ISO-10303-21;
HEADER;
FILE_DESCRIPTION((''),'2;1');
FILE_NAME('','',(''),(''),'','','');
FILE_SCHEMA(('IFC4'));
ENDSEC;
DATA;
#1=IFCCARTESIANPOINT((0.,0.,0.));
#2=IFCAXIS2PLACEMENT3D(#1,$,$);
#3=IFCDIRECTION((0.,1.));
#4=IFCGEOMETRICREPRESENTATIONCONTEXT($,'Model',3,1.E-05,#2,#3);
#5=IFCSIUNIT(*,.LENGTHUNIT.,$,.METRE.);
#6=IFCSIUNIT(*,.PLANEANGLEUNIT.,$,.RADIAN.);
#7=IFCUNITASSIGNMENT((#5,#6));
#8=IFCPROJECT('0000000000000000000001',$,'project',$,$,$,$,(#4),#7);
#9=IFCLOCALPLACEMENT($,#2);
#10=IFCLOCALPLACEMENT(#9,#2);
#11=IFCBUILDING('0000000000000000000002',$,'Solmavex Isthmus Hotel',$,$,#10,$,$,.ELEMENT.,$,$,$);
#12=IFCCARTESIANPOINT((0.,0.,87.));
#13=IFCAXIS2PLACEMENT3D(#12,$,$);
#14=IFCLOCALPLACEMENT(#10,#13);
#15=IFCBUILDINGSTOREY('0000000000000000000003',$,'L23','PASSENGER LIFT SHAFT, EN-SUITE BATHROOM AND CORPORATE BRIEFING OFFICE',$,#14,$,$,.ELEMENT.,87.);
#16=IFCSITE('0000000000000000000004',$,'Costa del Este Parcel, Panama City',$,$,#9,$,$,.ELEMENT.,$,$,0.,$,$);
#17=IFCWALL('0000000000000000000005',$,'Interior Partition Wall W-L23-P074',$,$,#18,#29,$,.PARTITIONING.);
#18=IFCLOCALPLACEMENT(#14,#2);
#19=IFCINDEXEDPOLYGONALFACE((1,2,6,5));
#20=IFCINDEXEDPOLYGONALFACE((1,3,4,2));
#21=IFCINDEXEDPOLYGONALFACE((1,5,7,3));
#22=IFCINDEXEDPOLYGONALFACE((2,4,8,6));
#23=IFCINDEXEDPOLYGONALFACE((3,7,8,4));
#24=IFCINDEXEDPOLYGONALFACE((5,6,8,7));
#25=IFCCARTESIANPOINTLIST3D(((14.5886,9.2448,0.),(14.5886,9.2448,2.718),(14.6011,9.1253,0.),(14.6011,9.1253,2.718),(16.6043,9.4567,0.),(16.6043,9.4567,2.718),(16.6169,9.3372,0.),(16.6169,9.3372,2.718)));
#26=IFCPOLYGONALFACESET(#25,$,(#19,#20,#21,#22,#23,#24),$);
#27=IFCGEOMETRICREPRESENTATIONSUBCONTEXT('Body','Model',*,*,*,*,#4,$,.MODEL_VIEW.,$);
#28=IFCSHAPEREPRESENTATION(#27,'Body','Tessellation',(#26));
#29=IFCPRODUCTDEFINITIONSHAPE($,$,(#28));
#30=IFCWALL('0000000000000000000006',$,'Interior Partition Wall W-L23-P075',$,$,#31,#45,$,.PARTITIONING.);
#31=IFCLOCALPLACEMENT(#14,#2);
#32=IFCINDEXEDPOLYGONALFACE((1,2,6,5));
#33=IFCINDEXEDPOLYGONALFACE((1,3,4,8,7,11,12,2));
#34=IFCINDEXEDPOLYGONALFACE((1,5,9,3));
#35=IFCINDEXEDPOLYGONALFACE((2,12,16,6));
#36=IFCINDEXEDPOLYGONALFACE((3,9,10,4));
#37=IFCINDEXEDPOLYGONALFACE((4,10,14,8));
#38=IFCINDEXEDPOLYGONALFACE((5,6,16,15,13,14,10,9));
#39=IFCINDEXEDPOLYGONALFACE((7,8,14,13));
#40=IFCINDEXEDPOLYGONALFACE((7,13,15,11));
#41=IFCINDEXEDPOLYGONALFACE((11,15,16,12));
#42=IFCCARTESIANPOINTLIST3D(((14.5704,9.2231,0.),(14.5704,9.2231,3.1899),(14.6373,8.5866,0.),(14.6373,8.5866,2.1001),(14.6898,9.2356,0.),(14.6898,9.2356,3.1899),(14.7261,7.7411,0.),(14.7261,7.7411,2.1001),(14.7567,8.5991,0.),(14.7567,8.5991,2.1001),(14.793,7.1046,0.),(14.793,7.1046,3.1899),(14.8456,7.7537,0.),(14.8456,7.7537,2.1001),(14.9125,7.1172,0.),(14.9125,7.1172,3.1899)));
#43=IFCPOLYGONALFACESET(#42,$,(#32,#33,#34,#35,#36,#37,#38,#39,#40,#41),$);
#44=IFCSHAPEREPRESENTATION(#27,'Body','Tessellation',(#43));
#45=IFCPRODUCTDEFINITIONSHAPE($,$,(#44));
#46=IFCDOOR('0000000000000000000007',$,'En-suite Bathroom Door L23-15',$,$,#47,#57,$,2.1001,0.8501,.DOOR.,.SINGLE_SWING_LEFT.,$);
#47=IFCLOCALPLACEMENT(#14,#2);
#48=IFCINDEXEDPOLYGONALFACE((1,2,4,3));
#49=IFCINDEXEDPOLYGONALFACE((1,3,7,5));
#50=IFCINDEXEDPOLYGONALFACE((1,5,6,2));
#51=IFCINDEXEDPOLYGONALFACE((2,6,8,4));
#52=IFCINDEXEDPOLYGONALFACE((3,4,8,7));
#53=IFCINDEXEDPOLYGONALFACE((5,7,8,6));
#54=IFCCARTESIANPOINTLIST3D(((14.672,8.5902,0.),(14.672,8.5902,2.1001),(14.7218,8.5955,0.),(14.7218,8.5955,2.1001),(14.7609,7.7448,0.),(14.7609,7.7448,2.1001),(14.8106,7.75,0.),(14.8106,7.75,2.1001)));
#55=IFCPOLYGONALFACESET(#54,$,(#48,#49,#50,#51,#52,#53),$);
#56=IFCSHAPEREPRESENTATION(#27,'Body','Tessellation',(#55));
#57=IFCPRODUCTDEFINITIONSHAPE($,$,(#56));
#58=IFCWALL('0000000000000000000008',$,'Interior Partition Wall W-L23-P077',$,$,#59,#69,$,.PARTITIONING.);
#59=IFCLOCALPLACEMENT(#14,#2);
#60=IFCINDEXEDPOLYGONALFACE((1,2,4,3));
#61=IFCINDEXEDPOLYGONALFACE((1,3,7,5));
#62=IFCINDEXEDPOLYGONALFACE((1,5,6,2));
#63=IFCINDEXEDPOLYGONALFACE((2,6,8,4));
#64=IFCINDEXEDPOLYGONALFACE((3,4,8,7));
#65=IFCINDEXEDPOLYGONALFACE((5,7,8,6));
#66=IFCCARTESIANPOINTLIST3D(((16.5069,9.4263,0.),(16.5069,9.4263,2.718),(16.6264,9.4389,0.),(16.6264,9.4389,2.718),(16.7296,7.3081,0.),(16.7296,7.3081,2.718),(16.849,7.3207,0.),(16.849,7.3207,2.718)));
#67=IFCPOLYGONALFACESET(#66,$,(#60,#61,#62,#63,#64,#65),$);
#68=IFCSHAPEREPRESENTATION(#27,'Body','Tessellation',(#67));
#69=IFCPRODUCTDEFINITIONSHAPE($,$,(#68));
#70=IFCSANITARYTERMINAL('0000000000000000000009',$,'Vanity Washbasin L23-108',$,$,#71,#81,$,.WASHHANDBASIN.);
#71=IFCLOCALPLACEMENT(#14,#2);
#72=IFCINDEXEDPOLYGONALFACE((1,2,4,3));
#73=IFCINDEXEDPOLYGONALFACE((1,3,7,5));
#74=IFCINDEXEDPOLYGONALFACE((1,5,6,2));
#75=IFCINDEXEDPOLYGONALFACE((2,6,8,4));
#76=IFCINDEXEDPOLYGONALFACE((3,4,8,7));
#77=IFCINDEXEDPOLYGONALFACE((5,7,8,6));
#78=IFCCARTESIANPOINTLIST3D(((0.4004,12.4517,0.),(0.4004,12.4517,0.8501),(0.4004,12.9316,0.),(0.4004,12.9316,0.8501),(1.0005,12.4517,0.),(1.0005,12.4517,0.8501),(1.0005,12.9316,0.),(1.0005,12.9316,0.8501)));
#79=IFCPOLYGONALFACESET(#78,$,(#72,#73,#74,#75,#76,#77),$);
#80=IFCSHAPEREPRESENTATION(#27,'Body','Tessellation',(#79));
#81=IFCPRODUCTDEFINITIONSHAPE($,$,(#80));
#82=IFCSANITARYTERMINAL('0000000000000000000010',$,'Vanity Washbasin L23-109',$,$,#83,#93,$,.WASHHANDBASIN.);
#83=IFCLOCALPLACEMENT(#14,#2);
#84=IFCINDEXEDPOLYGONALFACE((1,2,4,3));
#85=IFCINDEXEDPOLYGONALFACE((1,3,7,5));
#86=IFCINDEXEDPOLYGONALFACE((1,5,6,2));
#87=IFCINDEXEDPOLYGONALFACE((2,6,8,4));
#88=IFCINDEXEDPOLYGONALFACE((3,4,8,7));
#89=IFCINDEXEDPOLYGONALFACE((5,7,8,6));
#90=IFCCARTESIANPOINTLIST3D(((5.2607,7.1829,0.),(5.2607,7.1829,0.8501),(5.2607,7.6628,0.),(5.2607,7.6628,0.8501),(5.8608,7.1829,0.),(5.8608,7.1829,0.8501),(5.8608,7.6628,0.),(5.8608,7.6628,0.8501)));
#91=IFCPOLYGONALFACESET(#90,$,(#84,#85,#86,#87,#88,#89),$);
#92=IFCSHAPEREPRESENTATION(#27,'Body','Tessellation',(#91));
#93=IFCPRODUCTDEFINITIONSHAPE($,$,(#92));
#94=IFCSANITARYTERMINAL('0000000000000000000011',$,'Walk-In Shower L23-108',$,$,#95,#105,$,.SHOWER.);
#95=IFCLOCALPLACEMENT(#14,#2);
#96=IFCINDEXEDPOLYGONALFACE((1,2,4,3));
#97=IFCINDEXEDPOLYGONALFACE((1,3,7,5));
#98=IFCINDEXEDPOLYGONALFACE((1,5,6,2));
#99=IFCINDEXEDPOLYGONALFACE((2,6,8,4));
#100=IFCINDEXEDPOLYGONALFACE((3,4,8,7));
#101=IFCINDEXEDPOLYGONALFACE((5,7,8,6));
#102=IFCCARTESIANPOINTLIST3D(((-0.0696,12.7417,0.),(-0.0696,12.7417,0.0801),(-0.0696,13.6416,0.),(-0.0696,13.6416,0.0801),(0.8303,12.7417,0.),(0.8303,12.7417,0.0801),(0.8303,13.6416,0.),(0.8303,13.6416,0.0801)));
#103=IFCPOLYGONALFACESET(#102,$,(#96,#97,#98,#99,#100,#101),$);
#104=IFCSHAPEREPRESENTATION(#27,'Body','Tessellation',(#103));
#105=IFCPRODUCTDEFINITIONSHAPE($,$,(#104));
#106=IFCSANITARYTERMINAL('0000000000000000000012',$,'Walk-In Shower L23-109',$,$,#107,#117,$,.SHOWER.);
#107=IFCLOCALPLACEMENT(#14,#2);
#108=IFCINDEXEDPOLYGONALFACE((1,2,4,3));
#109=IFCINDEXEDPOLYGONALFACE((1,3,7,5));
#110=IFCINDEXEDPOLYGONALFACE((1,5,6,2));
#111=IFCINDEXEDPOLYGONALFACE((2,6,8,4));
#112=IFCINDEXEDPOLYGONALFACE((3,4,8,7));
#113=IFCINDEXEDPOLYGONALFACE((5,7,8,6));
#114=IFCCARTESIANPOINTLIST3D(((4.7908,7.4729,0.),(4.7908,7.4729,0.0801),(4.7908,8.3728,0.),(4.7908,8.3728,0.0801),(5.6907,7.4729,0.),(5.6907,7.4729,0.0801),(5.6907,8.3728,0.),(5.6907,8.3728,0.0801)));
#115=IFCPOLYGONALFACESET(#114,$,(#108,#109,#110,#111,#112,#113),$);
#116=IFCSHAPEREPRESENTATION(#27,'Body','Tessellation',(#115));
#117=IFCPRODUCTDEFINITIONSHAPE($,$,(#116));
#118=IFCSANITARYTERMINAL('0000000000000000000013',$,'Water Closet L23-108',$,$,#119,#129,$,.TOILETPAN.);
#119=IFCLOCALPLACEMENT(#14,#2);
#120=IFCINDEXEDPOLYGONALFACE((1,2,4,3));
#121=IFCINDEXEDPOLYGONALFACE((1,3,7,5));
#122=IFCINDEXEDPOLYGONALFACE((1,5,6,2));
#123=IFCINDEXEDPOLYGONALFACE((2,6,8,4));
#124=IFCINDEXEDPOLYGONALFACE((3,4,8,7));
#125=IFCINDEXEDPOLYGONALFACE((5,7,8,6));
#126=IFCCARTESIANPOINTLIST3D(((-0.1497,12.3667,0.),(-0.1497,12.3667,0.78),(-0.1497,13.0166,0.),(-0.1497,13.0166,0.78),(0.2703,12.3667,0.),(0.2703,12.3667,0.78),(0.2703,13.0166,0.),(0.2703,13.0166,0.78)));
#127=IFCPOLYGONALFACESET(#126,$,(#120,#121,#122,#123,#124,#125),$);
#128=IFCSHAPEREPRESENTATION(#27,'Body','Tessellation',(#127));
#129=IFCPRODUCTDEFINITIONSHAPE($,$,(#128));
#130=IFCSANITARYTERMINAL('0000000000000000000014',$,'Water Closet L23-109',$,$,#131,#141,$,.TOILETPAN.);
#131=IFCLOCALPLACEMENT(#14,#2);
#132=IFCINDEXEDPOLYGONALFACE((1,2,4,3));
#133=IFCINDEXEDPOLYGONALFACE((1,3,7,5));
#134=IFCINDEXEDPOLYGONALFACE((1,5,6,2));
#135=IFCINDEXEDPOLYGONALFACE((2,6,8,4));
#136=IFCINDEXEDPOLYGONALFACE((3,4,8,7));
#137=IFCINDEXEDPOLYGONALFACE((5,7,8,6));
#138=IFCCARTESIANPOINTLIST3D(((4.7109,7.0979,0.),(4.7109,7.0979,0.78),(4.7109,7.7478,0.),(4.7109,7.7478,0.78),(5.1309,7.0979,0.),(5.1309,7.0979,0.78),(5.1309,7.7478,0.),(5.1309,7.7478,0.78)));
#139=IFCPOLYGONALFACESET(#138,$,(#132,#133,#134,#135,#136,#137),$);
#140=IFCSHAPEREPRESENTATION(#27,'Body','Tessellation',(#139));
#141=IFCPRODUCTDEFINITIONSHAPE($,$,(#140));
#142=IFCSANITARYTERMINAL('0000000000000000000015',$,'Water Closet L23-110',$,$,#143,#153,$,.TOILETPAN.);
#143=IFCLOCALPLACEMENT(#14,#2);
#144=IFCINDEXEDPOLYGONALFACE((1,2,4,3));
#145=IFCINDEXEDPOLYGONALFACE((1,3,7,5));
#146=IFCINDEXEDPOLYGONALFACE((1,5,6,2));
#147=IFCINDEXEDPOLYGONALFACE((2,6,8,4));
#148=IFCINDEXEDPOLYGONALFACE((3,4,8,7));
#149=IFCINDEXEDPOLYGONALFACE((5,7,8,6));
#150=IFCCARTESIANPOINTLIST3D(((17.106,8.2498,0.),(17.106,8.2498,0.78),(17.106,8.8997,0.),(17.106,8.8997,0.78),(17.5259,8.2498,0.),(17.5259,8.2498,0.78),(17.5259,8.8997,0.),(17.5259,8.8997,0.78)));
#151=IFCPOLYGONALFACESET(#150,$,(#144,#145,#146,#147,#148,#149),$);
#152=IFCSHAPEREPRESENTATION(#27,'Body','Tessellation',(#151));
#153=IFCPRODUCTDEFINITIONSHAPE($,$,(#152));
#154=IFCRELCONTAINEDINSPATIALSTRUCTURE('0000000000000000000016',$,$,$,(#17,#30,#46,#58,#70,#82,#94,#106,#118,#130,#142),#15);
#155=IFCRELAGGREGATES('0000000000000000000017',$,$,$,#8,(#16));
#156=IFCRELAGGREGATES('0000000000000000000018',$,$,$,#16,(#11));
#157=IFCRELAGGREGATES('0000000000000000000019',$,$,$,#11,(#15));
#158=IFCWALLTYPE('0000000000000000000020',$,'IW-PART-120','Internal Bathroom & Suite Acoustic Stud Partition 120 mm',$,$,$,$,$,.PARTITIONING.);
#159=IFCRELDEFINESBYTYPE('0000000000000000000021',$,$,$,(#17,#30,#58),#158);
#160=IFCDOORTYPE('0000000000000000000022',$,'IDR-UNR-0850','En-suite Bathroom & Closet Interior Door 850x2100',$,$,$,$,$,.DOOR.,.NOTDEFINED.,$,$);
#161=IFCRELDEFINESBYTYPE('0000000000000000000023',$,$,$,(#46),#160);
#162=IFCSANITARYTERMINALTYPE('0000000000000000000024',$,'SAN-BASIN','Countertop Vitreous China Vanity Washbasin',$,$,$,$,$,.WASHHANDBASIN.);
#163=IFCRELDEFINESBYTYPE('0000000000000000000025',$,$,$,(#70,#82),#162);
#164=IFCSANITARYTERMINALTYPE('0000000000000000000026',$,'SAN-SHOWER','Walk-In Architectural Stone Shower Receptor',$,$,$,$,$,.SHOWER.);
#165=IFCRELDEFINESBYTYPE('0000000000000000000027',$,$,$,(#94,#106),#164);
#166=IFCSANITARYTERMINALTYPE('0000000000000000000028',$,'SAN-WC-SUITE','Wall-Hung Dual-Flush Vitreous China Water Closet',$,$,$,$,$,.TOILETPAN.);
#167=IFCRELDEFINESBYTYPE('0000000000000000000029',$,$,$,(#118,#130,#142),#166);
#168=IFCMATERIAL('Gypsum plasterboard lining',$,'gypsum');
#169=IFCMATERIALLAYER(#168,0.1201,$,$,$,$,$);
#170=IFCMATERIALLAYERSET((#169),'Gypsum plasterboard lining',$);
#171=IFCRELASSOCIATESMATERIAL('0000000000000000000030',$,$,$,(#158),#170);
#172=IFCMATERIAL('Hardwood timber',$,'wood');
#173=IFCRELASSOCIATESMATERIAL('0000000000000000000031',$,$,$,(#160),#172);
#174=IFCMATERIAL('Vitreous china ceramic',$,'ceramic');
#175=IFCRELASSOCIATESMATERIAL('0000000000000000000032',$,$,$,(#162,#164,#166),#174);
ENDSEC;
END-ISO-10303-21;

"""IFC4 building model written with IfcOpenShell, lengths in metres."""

from ifc_helpers import new_model, si_unit, direction, frame, frame_2d, origin, origin_2d, place, context, subcontext, project, spatial, rectangle, extrude, material, layer, layer_set, type_object, element, fill, save


model = new_model("IFC4")

# Units and contexts
model_context = context("Model", 3, precision=1e-05, world=origin(), true_north=direction((0.0, 1.0)))
body_context = subcontext(model_context, "Body", "Model", "MODEL_VIEW")
ifc_project = project(units=[si_unit("LENGTHUNIT", "METRE"), si_unit("PLANEANGLEUNIT", "RADIAN")], contexts=[model_context])

# Site, building, storey
site_placement = place(None, origin())
site = spatial("IfcSite", under=ifc_project, at=site_placement, Name="Costa del Este Parcel, Panama City", CompositionType="ELEMENT", RefElevation=0.0)
building_placement = place(site_placement, origin())
building = spatial("IfcBuilding", under=site, at=building_placement, Name="Solmavex Isthmus Hotel", CompositionType="ELEMENT")
storey_placement = place(building_placement, frame((0.0, 0.0, 87.0)))
storey = spatial("IfcBuildingStorey", under=building, at=storey_placement, Name="L23", Description="PASSENGER LIFT SHAFT, EN-SUITE BATHROOM AND CORPORATE BRIEFING OFFICE", CompositionType="ELEMENT", Elevation=87.0)

# Shared definitions
ifc_material_1 = material(Name="Gypsum plasterboard lining", Category="gypsum")

# Shared definitions
ifc_material_2 = material(Name="Hardwood timber", Category="wood")

# Shared definitions
ifc_layer_1 = layer(ifc_material_1, 0.1201)
ifc_layer_set_1 = layer_set([ifc_layer_1], Name="Gypsum plasterboard lining")
wall_type_1 = type_object("IfcWallType", Name="IW-PART-120", Description="Internal Bathroom & Suite Acoustic Stud Partition 120 mm", PredefinedType="PARTITIONING", material=ifc_layer_set_1)

# Shared definitions
door_type_1 = type_object("IfcDoorType", Name="IDR-UNR-0850", Description="En-suite Bathroom & Closet Interior Door 850x2100", OperationType="NOTDEFINED", PredefinedType="DOOR", material=ifc_material_2)

# Wall
wall_1_placement = place(storey_placement, frame((16.6106, 9.397, 0.0), z_axis=(0.0, 0.0, 1.0), x_axis=(-0.99452, -0.104547, 0.0)))
element("IfcWall", 1, at=wall_1_placement, inside=storey, type_object=wall_type_1, Name="Interior Partition Wall W-L23-P074", PredefinedType="PARTITIONING", context=body_context, shape_type="SweptSolid", body=[
    extrude(rectangle(XDim=2.0269, YDim=0.1201, at=frame_2d((1.0134, 0.0))), origin(), (0.0, 0.0, 1.0), 2.718),
])

# Wall, opening, door
wall_2_placement = place(storey_placement, frame((14.6301, 9.2292, 0.0), z_axis=(0.0, 0.0, 1.0), x_axis=(0.10453, -0.994522, 0.0)))
wall_2 = element("IfcWall", 2, at=wall_2_placement, inside=storey, type_object=wall_type_1, Name="Interior Partition Wall W-L23-P075", PredefinedType="PARTITIONING", context=body_context, shape_type="SweptSolid", body=[
    extrude(rectangle(XDim=2.1301, YDim=0.1201, at=frame_2d((1.0649, 0.0))), origin(), (0.0, 0.0, 1.0), 3.1899),
])
opening_1_placement = place(wall_2_placement, frame((0.6399, 0.0, 0.0)))
opening_1 = element("IfcOpeningElement", 3, at=opening_1_placement, cuts=wall_2, PredefinedType="OPENING", context=body_context, shape_type="SweptSolid", body=[
    extrude(rectangle(XDim=0.8501, YDim=2.1001, at=frame_2d((0.425, 1.05))), frame((0.0, 0.0701, 0.0), z_axis=(0.0, -1.0, 0.0), x_axis=(1.0, 0.0, 0.0)), (0.0, 0.0, 1.0), 0.1401),
])
door_1_placement = place(opening_1_placement, origin())
door_1 = element("IfcDoor", 4, at=door_1_placement, inside=storey, type_object=door_type_1, Name="En-suite Bathroom Door L23-15", OperationType="SINGLE_SWING_LEFT", OverallHeight=2.1001, OverallWidth=0.8501, PredefinedType="DOOR", context=body_context, shape_type="SweptSolid", body=[
    extrude(rectangle(XDim=0.8501, YDim=2.1001, at=frame_2d((0.425, 1.05))), frame((0.0, 0.0249, 0.0), z_axis=(0.0, -1.0, 0.0), x_axis=(1.0, 0.0, 0.0)), (0.0, 0.0, 1.0), 0.05),
])
fill(opening_1, door_1)

# Wall
wall_3_placement = place(storey_placement, frame((16.5667, 9.4326, 0.0), z_axis=(0.0, 0.0, 1.0), x_axis=(0.104542, -0.994521, 0.0)))
element("IfcWall", 5, at=wall_3_placement, inside=storey, type_object=wall_type_1, Name="Interior Partition Wall W-L23-P077", PredefinedType="PARTITIONING", context=body_context, shape_type="SweptSolid", body=[
    extrude(rectangle(XDim=2.1299, YDim=0.1201, at=frame_2d((1.0649, 0.0))), origin(), (0.0, 0.0, 1.0), 2.718),
])

# Sanitary terminals
ifc_material_3 = material(Name="Vitreous china ceramic", Category="ceramic")
sanitary_terminal_type_1 = type_object("IfcSanitaryTerminalType", Name="SAN-BASIN", Description="Countertop Vitreous China Vanity Washbasin", PredefinedType="WASHHANDBASIN", material=ifc_material_3)
for number, where, z_axis, x_axis, name in (
    (6, (0.7004, 12.6917, 0.0), (0.0, 0.0, 1.0), (1.0, 0.0, 0.0), "Vanity Washbasin L23-108"),
    (7, (5.5608, 7.4229, 0.0), (0.0, 0.0, 1.0), (1.0, 0.0, 0.0), "Vanity Washbasin L23-109"),
):
    element("IfcSanitaryTerminal", number, at=place(storey_placement, frame(where, z_axis=z_axis, x_axis=x_axis)), inside=storey, type_object=sanitary_terminal_type_1, Name=name, PredefinedType="WASHHANDBASIN", context=body_context, shape_type="SweptSolid", body=[
        extrude(rectangle(XDim=0.6001, YDim=0.48, at=origin_2d()), origin(), (0.0, 0.0, 1.0), 0.8501),
    ])
sanitary_terminal_type_2 = type_object("IfcSanitaryTerminalType", Name="SAN-SHOWER", Description="Walk-In Architectural Stone Shower Receptor", PredefinedType="SHOWER", material=ifc_material_3)
for number, where, z_axis, x_axis, name in (
    (8, (0.3804, 13.1917, 0.0), (0.0, 0.0, 1.0), (1.0, 0.0, 0.0), "Walk-In Shower L23-108"),
    (9, (5.2407, 7.9229, 0.0), (0.0, 0.0, 1.0), (1.0, 0.0, 0.0), "Walk-In Shower L23-109"),
):
    element("IfcSanitaryTerminal", number, at=place(storey_placement, frame(where, z_axis=z_axis, x_axis=x_axis)), inside=storey, type_object=sanitary_terminal_type_2, Name=name, PredefinedType="SHOWER", context=body_context, shape_type="SweptSolid", body=[
        extrude(rectangle(XDim=0.8999, YDim=0.8999, at=origin_2d()), origin(), (0.0, 0.0, 1.0), 0.0801),
    ])
sanitary_terminal_type_3 = type_object("IfcSanitaryTerminalType", Name="SAN-WC-SUITE", Description="Wall-Hung Dual-Flush Vitreous China Water Closet", PredefinedType="TOILETPAN", material=ifc_material_3)
for number, where, z_axis, x_axis, name in (
    (10, (0.0603, 12.6917, 0.0), (0.0, 0.0, 1.0), (1.0, 0.0, 0.0), "Water Closet L23-108"),
    (11, (4.9209, 7.4229, 0.0), (0.0, 0.0, 1.0), (1.0, 0.0, 0.0), "Water Closet L23-109"),
    (12, (17.3159, 8.5747, 0.0), (0.0, 0.0, 1.0), (1.0, 0.0, 0.0), "Water Closet L23-110"),
):
    element("IfcSanitaryTerminal", number, at=place(storey_placement, frame(where, z_axis=z_axis, x_axis=x_axis)), inside=storey, type_object=sanitary_terminal_type_3, Name=name, PredefinedType="TOILETPAN", context=body_context, shape_type="SweptSolid", body=[
        extrude(rectangle(XDim=0.4199, YDim=0.6499, at=origin_2d()), origin(), (0.0, 0.0, 1.0), 0.78),
    ])

save(model, "model.ifc")
